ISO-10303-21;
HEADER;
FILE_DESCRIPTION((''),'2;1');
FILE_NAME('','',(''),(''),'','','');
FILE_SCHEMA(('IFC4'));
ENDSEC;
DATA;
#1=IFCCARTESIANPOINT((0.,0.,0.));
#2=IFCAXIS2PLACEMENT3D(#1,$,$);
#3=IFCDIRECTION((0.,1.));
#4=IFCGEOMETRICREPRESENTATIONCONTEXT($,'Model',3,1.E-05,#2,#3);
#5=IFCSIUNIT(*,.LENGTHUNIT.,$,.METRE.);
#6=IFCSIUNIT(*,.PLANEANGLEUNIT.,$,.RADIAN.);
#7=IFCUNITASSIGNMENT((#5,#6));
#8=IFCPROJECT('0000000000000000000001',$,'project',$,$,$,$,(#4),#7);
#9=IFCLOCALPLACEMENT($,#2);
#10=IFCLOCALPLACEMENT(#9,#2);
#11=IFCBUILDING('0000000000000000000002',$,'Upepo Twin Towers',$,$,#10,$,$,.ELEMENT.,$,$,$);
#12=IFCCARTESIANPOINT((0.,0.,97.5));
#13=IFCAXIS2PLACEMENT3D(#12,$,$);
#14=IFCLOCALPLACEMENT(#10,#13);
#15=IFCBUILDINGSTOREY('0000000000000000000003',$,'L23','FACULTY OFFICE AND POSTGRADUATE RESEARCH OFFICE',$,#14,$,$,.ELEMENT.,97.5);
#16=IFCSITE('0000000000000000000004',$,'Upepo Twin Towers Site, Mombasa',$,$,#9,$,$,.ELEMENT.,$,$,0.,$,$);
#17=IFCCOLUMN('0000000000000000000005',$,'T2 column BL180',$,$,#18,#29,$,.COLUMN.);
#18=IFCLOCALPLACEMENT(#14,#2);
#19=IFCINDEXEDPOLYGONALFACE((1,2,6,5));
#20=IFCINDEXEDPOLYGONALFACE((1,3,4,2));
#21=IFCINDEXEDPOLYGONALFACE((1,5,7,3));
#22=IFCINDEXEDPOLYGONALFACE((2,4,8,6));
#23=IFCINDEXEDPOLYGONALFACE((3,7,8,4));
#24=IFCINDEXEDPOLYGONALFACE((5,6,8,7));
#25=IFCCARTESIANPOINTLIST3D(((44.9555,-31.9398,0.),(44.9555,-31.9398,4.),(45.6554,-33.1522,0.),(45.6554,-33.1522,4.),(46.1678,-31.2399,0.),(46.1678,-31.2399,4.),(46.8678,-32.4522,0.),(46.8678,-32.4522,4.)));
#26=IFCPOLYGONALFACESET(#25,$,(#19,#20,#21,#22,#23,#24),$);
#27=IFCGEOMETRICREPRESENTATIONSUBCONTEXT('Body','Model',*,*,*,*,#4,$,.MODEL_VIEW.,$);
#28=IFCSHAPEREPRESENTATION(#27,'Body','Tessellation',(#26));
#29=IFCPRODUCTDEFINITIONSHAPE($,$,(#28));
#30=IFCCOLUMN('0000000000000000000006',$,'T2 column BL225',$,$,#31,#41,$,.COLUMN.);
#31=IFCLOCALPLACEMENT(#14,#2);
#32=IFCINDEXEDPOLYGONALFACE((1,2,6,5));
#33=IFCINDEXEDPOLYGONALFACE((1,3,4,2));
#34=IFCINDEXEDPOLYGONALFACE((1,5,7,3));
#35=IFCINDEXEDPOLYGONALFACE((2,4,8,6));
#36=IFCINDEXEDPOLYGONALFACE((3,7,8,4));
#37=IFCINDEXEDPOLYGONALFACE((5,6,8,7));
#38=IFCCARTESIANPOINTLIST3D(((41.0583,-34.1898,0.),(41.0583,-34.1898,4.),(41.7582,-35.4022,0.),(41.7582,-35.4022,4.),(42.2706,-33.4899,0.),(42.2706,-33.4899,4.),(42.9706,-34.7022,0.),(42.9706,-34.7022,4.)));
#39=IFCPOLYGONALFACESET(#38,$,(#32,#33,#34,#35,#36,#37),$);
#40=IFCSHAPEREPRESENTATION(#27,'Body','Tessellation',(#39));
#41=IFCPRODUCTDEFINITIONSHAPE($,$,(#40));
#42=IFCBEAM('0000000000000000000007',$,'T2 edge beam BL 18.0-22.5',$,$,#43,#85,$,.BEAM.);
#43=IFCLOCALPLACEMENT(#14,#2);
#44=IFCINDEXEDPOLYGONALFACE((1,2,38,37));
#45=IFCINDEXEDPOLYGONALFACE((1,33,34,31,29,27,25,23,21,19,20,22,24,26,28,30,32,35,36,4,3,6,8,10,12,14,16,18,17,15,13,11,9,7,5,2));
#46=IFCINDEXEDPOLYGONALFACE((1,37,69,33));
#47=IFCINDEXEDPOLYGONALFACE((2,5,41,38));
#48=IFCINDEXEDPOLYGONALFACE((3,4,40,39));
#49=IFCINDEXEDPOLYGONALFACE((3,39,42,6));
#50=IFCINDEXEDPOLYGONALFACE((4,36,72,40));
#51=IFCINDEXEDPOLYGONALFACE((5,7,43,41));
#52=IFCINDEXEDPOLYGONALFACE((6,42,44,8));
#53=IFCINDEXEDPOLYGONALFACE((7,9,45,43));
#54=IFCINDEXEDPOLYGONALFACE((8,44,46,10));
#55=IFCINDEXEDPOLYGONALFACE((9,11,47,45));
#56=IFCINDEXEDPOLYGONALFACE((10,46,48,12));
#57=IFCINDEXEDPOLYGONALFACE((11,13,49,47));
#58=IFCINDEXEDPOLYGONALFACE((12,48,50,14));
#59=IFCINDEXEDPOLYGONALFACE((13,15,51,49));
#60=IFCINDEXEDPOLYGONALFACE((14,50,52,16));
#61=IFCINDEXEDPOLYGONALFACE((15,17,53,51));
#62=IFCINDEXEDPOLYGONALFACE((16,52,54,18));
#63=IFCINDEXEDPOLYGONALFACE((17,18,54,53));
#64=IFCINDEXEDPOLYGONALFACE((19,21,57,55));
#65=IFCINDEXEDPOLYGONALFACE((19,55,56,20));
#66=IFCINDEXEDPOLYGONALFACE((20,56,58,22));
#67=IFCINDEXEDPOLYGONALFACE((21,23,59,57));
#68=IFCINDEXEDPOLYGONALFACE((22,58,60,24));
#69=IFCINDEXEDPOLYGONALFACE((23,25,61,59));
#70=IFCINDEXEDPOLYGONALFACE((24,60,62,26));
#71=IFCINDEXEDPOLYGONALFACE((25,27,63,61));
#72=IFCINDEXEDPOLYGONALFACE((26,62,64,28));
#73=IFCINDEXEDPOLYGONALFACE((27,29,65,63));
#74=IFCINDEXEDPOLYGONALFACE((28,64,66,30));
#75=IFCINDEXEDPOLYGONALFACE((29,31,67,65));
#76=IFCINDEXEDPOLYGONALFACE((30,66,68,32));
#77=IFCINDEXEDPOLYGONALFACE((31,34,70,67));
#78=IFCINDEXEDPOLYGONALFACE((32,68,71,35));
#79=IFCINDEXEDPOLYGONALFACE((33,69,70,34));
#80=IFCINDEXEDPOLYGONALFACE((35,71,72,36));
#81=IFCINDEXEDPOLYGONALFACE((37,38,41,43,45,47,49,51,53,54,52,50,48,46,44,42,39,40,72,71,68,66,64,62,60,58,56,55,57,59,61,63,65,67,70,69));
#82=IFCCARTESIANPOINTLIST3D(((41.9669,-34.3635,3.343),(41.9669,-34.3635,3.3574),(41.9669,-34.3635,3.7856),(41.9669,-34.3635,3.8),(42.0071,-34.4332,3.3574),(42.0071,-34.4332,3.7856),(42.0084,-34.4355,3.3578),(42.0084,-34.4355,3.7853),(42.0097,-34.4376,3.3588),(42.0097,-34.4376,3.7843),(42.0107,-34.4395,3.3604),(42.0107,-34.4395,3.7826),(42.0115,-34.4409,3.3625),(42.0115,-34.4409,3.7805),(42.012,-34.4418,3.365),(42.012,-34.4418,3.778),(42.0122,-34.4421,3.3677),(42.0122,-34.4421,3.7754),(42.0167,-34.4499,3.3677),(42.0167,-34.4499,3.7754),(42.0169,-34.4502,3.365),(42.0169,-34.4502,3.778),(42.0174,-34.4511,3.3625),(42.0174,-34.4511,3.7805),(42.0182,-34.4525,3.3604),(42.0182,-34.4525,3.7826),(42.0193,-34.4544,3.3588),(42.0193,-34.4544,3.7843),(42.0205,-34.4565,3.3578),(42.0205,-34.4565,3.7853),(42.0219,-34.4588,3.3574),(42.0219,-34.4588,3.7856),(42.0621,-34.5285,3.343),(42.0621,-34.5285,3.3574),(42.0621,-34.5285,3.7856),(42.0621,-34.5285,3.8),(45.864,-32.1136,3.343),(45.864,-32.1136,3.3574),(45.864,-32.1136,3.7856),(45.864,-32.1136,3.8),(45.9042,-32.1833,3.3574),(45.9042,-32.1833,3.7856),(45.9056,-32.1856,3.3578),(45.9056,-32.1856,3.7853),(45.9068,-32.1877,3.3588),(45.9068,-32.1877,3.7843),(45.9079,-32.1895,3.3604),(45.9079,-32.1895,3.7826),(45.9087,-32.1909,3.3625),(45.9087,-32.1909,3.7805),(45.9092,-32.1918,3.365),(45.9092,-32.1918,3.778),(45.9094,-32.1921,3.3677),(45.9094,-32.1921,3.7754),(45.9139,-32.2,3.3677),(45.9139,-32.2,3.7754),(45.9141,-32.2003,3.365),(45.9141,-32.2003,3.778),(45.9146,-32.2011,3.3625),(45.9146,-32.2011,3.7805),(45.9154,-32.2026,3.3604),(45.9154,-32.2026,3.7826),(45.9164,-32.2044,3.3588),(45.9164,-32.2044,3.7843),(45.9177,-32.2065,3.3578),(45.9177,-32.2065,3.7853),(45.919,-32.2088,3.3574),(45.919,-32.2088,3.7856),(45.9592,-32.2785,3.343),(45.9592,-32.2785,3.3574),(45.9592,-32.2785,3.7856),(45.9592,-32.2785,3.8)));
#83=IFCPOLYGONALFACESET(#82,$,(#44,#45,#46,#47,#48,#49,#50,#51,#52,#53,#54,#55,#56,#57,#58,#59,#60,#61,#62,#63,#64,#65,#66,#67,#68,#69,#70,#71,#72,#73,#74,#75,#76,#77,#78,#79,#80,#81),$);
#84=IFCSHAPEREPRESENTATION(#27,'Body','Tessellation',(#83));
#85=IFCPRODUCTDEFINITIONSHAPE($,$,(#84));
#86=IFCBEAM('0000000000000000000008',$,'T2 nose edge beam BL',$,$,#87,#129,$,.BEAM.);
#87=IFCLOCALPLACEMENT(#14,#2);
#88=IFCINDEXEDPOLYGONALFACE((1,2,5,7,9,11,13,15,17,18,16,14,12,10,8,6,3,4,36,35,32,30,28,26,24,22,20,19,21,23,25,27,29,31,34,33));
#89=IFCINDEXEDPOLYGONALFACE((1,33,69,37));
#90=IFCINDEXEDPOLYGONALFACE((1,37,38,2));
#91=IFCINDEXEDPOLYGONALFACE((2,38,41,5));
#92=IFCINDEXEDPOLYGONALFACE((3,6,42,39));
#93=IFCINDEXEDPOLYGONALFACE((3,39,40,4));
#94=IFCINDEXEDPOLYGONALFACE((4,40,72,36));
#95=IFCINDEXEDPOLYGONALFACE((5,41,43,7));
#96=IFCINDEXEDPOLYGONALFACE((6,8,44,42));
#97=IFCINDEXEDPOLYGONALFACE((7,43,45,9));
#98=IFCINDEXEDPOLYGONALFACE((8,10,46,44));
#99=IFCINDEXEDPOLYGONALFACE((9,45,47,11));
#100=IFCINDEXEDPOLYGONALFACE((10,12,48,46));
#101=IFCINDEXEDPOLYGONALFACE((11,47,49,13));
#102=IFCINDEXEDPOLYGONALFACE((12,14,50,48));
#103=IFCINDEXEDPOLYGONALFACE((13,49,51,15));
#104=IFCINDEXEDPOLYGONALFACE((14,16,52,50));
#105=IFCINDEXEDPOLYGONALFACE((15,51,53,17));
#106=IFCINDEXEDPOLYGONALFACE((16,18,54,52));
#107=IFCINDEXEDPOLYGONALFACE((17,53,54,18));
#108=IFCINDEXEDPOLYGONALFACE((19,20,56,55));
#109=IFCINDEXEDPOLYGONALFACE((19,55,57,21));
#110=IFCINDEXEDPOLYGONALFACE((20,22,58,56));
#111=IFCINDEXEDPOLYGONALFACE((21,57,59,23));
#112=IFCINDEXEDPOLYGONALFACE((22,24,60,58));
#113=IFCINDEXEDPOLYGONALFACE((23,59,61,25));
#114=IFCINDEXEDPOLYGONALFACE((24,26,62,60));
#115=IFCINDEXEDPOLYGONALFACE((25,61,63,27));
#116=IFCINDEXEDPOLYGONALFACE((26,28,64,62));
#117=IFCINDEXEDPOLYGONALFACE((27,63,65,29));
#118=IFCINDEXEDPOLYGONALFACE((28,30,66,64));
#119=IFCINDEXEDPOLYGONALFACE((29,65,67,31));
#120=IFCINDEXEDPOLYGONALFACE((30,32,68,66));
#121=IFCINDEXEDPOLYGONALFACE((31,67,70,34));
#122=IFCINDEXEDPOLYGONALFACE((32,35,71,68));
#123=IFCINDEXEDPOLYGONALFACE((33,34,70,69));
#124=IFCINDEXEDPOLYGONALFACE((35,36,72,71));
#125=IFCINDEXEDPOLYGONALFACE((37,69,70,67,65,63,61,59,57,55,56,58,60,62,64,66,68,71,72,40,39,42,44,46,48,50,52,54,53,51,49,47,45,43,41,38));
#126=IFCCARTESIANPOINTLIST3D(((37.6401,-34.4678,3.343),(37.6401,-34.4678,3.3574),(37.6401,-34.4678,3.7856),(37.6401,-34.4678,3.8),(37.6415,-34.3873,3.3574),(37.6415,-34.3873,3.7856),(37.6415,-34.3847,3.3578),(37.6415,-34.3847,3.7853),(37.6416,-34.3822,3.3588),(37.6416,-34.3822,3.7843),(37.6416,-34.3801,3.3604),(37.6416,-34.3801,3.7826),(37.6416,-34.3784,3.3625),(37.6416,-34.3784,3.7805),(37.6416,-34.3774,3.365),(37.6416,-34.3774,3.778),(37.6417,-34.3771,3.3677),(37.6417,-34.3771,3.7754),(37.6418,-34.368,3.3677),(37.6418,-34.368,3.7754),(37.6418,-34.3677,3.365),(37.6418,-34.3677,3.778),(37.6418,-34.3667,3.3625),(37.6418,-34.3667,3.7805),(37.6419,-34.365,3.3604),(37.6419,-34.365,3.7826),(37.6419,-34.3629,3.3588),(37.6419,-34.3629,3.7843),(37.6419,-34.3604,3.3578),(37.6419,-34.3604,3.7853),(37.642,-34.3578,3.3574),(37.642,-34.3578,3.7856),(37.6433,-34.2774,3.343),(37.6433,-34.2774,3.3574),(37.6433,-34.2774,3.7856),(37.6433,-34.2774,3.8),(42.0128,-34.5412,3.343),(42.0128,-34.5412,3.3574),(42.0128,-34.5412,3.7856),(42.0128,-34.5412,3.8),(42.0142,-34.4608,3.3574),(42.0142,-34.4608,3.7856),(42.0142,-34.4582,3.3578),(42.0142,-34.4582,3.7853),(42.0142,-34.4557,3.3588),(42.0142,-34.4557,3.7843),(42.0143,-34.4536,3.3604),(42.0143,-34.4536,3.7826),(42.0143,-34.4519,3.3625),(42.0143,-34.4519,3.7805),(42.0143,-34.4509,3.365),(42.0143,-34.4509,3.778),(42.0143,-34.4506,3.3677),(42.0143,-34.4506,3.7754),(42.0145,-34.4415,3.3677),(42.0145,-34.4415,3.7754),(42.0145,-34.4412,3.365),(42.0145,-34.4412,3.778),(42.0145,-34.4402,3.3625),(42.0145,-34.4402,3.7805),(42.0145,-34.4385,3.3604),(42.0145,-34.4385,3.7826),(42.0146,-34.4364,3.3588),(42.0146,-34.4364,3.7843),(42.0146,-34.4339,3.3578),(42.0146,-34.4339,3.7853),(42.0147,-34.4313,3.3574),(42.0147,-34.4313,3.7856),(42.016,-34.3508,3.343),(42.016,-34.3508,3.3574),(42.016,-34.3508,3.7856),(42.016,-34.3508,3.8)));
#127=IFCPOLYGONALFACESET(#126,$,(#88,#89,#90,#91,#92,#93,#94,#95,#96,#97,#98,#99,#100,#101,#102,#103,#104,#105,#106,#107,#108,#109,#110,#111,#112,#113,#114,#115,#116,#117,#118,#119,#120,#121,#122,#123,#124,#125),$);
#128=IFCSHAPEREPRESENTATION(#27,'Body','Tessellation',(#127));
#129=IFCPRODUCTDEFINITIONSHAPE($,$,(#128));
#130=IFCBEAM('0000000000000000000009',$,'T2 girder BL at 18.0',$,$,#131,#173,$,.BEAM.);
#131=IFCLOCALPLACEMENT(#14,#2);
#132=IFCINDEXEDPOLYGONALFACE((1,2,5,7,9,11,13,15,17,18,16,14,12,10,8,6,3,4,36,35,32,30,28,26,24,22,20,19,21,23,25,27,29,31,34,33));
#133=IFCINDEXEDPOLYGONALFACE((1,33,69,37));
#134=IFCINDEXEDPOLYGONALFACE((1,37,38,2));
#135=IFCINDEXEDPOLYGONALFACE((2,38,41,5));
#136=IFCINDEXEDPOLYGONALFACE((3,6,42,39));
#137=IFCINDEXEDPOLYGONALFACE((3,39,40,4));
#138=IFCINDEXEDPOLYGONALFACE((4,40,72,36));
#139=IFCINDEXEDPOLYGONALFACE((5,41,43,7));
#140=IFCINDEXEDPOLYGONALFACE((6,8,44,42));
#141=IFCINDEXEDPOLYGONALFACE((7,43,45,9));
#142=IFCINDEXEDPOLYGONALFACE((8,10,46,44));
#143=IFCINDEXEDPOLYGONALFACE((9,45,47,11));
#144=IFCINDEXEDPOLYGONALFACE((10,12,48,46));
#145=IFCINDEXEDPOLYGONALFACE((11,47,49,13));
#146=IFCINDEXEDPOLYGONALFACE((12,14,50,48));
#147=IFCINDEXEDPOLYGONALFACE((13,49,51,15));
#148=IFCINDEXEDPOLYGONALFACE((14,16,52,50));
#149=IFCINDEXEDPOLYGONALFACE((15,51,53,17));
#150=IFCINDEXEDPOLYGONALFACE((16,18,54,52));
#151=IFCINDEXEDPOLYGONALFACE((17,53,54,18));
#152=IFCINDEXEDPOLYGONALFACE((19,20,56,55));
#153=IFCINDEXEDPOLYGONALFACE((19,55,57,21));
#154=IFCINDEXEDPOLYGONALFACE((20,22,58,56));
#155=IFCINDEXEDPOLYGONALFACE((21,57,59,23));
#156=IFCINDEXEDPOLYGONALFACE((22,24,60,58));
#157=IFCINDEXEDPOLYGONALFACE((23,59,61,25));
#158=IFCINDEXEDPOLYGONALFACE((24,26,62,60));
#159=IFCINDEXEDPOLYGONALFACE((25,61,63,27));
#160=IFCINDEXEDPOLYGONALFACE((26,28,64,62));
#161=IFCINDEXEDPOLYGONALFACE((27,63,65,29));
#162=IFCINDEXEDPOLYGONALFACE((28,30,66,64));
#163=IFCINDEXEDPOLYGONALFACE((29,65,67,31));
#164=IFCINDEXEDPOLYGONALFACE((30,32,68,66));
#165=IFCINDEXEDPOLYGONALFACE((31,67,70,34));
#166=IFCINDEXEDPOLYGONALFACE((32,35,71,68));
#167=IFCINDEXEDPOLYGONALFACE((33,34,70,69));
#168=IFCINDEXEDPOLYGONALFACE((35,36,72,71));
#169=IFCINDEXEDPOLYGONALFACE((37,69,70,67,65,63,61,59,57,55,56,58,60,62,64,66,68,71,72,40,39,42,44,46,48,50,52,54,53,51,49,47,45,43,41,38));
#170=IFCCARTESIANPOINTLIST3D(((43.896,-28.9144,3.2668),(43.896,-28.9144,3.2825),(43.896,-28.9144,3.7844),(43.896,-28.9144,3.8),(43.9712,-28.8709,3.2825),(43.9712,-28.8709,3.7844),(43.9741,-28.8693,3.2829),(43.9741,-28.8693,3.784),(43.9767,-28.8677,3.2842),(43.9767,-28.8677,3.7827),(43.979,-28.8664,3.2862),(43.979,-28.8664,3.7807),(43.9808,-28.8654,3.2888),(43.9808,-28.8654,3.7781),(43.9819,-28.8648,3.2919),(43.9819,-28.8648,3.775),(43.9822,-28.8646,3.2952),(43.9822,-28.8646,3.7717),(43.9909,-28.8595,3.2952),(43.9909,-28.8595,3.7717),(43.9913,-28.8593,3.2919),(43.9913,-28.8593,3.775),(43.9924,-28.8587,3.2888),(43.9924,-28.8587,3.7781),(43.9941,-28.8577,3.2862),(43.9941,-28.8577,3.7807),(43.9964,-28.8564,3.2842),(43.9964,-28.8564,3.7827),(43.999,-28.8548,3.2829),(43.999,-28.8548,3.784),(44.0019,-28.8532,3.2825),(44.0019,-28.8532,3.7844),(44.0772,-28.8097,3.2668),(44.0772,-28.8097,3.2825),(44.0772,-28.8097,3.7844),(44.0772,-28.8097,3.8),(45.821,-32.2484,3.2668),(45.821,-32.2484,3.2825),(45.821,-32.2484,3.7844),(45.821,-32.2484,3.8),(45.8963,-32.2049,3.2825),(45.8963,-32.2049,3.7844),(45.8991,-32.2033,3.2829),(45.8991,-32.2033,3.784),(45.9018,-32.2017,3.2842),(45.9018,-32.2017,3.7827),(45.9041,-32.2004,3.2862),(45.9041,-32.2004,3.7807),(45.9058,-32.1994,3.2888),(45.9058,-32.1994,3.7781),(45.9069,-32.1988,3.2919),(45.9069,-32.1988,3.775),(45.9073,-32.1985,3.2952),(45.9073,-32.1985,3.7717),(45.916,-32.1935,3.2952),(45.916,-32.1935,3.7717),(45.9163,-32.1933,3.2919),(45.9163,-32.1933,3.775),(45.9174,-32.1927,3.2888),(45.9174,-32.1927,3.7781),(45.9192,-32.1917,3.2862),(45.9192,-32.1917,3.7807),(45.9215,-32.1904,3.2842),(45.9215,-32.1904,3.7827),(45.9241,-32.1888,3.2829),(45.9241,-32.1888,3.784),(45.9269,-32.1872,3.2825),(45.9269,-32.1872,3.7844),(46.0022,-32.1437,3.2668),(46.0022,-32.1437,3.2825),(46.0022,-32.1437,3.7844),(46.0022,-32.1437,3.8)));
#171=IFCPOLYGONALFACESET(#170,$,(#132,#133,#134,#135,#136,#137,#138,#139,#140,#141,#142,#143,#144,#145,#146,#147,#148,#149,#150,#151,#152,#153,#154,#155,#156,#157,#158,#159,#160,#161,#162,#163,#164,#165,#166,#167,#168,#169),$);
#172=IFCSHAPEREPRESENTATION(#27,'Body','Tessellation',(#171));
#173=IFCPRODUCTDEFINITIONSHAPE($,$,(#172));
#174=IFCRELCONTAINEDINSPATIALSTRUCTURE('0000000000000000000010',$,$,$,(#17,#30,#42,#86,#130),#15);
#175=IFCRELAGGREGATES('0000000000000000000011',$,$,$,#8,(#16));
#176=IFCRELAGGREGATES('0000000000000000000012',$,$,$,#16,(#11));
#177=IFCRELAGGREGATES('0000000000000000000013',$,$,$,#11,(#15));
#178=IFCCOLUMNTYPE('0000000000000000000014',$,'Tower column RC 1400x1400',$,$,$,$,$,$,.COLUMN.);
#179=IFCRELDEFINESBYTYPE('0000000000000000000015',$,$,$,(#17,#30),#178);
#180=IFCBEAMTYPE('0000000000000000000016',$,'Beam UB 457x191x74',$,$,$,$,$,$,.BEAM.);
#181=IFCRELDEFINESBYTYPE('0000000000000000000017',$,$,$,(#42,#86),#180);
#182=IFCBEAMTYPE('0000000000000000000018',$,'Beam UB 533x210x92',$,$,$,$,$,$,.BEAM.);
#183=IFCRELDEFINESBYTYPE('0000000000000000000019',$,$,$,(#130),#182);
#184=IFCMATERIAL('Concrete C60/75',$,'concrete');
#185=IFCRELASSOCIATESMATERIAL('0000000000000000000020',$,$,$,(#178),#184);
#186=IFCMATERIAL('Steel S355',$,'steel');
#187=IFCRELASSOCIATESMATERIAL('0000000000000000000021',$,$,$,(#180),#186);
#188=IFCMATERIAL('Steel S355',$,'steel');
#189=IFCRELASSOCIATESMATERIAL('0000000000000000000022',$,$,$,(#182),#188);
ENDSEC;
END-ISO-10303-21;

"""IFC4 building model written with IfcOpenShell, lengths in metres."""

from ifc_helpers import new_model, si_unit, direction, frame, origin, origin_2d, place, context, subcontext, project, spatial, rectangle, i_section, extrude, material, material_profile, profile_set, type_object, element, save


model = new_model("IFC4")

# Units and contexts
model_context = context("Model", 3, precision=1e-05, world=origin(), true_north=direction((0.0, 1.0)))
body_context = subcontext(model_context, "Body", "Model", "MODEL_VIEW")
ifc_project = project(units=[si_unit("LENGTHUNIT", "METRE"), si_unit("PLANEANGLEUNIT", "RADIAN")], contexts=[model_context])

# Site, building, storey
site_placement = place(None, origin())
site = spatial("IfcSite", under=ifc_project, at=site_placement, Name="Upepo Twin Towers Site, Mombasa", CompositionType="ELEMENT", RefElevation=0.0)
building_placement = place(site_placement, origin())
building = spatial("IfcBuilding", under=site, at=building_placement, Name="Upepo Twin Towers", CompositionType="ELEMENT")
storey_placement = place(building_placement, frame((0.0, 0.0, 97.5)))
storey = spatial("IfcBuildingStorey", under=building, at=storey_placement, Name="L23", Description="FACULTY OFFICE AND POSTGRADUATE RESEARCH OFFICE", CompositionType="ELEMENT", Elevation=97.5)

# Columns
ifc_material_1 = material(Name="Concrete C60/75", Category="concrete")
ifc_material_profile_1 = material_profile(ifc_material_1, rectangle(XDim=1.3999, YDim=1.3999, at=origin_2d()), Name="RC 1400x1400")
ifc_profile_set_1 = profile_set([ifc_material_profile_1], Name="Concrete C60/75")
column_type = type_object("IfcColumnType", Name="Tower column RC 1400x1400", PredefinedType="COLUMN", material=ifc_profile_set_1)
for number, where, z_axis, x_axis, name in (
    (1, (45.9116, -32.196, 0.0), (0.0, 0.0, 1.0), (0.866025, 0.5, 0.0), "T2 column BL180"),
    (2, (42.0144, -34.446, 0.0), (0.0, 0.0, 1.0), (0.866025, 0.5, 0.0), "T2 column BL225"),
):
    element("IfcColumn", number, at=place(storey_placement, frame(where, z_axis=z_axis, x_axis=x_axis)), inside=storey, type_object=column_type, Name=name, PredefinedType="COLUMN", context=body_context, shape_type="SweptSolid", body=[
        extrude(rectangle(XDim=1.3999, YDim=1.3999, at=origin_2d()), origin(), (0.0, 0.0, 1.0), 4.0),
    ])

# Beams
ifc_material_2 = material(Name="Steel S355", Category="steel")
ifc_material_profile_2 = material_profile(ifc_material_2, i_section(OverallWidth=0.1904, OverallDepth=0.457, WebThickness=0.009, FlangeThickness=0.0144, FilletRadius=0.0103, at=origin_2d()), Name="UB 457x191x74")
ifc_profile_set_2 = profile_set([ifc_material_profile_2], Name="Steel S355")
beam_type_1 = type_object("IfcBeamType", Name="Beam UB 457x191x74", PredefinedType="BEAM", material=ifc_profile_set_2)
beam_1_placement = place(storey_placement, frame((45.9116, -32.196, 3.5715), z_axis=(-0.866031, -0.49999, 0.0), x_axis=(0.49999, -0.866031, 0.0)))
element("IfcBeam", 3, at=beam_1_placement, inside=storey, type_object=beam_type_1, Name="T2 edge beam BL 18.0-22.5", PredefinedType="BEAM", context=body_context, shape_type="SweptSolid", body=[
    extrude(i_section(OverallWidth=0.1904, OverallDepth=0.457, WebThickness=0.009, FlangeThickness=0.0144, FilletRadius=0.0103, at=origin_2d()), origin(), (0.0, 0.0, 1.0), 4.5),
])
beam_2_placement = place(storey_placement, frame((42.0144, -34.446, 3.5715), z_axis=(-0.999859, 0.016804, 0.0), x_axis=(-0.016804, -0.999859, 0.0)))
element("IfcBeam", 4, at=beam_2_placement, inside=storey, type_object=beam_type_1, Name="T2 nose edge beam BL", PredefinedType="BEAM", context=body_context, shape_type="SweptSolid", body=[
    extrude(i_section(OverallWidth=0.1904, OverallDepth=0.457, WebThickness=0.009, FlangeThickness=0.0144, FilletRadius=0.0103, at=origin_2d()), origin(), (0.0, 0.0, 1.0), 4.3733),
])
ifc_material_3 = material(Name="Steel S355", Category="steel")
ifc_material_profile_3 = material_profile(ifc_material_3, i_section(OverallWidth=0.2092, OverallDepth=0.5332, WebThickness=0.01, FlangeThickness=0.0156, FilletRadius=0.0127, at=origin_2d()), Name="UB 533x210x92")
ifc_profile_set_3 = profile_set([ifc_material_profile_3], Name="Steel S355")
beam_type_2 = type_object("IfcBeamType", Name="Beam UB 533x210x92", PredefinedType="BEAM", material=ifc_profile_set_3)
for number, where, z_axis, x_axis, name in (
    (5, (45.9116, -32.196, 3.5334), (-0.500034, 0.866006, 0.0), (-0.866006, -0.500034, 0.0), "T2 girder BL at 18.0"),
):
    element("IfcBeam", number, at=place(storey_placement, frame(where, z_axis=z_axis, x_axis=x_axis)), inside=storey, type_object=beam_type_2, Name=name, PredefinedType="BEAM", context=body_context, shape_type="SweptSolid", body=[
        extrude(i_section(OverallWidth=0.2092, OverallDepth=0.5332, WebThickness=0.01, FlangeThickness=0.0156, FilletRadius=0.0127, at=origin_2d()), origin(), (0.0, 0.0, 1.0), 3.8499),
    ])

save(model, "model.ifc")
